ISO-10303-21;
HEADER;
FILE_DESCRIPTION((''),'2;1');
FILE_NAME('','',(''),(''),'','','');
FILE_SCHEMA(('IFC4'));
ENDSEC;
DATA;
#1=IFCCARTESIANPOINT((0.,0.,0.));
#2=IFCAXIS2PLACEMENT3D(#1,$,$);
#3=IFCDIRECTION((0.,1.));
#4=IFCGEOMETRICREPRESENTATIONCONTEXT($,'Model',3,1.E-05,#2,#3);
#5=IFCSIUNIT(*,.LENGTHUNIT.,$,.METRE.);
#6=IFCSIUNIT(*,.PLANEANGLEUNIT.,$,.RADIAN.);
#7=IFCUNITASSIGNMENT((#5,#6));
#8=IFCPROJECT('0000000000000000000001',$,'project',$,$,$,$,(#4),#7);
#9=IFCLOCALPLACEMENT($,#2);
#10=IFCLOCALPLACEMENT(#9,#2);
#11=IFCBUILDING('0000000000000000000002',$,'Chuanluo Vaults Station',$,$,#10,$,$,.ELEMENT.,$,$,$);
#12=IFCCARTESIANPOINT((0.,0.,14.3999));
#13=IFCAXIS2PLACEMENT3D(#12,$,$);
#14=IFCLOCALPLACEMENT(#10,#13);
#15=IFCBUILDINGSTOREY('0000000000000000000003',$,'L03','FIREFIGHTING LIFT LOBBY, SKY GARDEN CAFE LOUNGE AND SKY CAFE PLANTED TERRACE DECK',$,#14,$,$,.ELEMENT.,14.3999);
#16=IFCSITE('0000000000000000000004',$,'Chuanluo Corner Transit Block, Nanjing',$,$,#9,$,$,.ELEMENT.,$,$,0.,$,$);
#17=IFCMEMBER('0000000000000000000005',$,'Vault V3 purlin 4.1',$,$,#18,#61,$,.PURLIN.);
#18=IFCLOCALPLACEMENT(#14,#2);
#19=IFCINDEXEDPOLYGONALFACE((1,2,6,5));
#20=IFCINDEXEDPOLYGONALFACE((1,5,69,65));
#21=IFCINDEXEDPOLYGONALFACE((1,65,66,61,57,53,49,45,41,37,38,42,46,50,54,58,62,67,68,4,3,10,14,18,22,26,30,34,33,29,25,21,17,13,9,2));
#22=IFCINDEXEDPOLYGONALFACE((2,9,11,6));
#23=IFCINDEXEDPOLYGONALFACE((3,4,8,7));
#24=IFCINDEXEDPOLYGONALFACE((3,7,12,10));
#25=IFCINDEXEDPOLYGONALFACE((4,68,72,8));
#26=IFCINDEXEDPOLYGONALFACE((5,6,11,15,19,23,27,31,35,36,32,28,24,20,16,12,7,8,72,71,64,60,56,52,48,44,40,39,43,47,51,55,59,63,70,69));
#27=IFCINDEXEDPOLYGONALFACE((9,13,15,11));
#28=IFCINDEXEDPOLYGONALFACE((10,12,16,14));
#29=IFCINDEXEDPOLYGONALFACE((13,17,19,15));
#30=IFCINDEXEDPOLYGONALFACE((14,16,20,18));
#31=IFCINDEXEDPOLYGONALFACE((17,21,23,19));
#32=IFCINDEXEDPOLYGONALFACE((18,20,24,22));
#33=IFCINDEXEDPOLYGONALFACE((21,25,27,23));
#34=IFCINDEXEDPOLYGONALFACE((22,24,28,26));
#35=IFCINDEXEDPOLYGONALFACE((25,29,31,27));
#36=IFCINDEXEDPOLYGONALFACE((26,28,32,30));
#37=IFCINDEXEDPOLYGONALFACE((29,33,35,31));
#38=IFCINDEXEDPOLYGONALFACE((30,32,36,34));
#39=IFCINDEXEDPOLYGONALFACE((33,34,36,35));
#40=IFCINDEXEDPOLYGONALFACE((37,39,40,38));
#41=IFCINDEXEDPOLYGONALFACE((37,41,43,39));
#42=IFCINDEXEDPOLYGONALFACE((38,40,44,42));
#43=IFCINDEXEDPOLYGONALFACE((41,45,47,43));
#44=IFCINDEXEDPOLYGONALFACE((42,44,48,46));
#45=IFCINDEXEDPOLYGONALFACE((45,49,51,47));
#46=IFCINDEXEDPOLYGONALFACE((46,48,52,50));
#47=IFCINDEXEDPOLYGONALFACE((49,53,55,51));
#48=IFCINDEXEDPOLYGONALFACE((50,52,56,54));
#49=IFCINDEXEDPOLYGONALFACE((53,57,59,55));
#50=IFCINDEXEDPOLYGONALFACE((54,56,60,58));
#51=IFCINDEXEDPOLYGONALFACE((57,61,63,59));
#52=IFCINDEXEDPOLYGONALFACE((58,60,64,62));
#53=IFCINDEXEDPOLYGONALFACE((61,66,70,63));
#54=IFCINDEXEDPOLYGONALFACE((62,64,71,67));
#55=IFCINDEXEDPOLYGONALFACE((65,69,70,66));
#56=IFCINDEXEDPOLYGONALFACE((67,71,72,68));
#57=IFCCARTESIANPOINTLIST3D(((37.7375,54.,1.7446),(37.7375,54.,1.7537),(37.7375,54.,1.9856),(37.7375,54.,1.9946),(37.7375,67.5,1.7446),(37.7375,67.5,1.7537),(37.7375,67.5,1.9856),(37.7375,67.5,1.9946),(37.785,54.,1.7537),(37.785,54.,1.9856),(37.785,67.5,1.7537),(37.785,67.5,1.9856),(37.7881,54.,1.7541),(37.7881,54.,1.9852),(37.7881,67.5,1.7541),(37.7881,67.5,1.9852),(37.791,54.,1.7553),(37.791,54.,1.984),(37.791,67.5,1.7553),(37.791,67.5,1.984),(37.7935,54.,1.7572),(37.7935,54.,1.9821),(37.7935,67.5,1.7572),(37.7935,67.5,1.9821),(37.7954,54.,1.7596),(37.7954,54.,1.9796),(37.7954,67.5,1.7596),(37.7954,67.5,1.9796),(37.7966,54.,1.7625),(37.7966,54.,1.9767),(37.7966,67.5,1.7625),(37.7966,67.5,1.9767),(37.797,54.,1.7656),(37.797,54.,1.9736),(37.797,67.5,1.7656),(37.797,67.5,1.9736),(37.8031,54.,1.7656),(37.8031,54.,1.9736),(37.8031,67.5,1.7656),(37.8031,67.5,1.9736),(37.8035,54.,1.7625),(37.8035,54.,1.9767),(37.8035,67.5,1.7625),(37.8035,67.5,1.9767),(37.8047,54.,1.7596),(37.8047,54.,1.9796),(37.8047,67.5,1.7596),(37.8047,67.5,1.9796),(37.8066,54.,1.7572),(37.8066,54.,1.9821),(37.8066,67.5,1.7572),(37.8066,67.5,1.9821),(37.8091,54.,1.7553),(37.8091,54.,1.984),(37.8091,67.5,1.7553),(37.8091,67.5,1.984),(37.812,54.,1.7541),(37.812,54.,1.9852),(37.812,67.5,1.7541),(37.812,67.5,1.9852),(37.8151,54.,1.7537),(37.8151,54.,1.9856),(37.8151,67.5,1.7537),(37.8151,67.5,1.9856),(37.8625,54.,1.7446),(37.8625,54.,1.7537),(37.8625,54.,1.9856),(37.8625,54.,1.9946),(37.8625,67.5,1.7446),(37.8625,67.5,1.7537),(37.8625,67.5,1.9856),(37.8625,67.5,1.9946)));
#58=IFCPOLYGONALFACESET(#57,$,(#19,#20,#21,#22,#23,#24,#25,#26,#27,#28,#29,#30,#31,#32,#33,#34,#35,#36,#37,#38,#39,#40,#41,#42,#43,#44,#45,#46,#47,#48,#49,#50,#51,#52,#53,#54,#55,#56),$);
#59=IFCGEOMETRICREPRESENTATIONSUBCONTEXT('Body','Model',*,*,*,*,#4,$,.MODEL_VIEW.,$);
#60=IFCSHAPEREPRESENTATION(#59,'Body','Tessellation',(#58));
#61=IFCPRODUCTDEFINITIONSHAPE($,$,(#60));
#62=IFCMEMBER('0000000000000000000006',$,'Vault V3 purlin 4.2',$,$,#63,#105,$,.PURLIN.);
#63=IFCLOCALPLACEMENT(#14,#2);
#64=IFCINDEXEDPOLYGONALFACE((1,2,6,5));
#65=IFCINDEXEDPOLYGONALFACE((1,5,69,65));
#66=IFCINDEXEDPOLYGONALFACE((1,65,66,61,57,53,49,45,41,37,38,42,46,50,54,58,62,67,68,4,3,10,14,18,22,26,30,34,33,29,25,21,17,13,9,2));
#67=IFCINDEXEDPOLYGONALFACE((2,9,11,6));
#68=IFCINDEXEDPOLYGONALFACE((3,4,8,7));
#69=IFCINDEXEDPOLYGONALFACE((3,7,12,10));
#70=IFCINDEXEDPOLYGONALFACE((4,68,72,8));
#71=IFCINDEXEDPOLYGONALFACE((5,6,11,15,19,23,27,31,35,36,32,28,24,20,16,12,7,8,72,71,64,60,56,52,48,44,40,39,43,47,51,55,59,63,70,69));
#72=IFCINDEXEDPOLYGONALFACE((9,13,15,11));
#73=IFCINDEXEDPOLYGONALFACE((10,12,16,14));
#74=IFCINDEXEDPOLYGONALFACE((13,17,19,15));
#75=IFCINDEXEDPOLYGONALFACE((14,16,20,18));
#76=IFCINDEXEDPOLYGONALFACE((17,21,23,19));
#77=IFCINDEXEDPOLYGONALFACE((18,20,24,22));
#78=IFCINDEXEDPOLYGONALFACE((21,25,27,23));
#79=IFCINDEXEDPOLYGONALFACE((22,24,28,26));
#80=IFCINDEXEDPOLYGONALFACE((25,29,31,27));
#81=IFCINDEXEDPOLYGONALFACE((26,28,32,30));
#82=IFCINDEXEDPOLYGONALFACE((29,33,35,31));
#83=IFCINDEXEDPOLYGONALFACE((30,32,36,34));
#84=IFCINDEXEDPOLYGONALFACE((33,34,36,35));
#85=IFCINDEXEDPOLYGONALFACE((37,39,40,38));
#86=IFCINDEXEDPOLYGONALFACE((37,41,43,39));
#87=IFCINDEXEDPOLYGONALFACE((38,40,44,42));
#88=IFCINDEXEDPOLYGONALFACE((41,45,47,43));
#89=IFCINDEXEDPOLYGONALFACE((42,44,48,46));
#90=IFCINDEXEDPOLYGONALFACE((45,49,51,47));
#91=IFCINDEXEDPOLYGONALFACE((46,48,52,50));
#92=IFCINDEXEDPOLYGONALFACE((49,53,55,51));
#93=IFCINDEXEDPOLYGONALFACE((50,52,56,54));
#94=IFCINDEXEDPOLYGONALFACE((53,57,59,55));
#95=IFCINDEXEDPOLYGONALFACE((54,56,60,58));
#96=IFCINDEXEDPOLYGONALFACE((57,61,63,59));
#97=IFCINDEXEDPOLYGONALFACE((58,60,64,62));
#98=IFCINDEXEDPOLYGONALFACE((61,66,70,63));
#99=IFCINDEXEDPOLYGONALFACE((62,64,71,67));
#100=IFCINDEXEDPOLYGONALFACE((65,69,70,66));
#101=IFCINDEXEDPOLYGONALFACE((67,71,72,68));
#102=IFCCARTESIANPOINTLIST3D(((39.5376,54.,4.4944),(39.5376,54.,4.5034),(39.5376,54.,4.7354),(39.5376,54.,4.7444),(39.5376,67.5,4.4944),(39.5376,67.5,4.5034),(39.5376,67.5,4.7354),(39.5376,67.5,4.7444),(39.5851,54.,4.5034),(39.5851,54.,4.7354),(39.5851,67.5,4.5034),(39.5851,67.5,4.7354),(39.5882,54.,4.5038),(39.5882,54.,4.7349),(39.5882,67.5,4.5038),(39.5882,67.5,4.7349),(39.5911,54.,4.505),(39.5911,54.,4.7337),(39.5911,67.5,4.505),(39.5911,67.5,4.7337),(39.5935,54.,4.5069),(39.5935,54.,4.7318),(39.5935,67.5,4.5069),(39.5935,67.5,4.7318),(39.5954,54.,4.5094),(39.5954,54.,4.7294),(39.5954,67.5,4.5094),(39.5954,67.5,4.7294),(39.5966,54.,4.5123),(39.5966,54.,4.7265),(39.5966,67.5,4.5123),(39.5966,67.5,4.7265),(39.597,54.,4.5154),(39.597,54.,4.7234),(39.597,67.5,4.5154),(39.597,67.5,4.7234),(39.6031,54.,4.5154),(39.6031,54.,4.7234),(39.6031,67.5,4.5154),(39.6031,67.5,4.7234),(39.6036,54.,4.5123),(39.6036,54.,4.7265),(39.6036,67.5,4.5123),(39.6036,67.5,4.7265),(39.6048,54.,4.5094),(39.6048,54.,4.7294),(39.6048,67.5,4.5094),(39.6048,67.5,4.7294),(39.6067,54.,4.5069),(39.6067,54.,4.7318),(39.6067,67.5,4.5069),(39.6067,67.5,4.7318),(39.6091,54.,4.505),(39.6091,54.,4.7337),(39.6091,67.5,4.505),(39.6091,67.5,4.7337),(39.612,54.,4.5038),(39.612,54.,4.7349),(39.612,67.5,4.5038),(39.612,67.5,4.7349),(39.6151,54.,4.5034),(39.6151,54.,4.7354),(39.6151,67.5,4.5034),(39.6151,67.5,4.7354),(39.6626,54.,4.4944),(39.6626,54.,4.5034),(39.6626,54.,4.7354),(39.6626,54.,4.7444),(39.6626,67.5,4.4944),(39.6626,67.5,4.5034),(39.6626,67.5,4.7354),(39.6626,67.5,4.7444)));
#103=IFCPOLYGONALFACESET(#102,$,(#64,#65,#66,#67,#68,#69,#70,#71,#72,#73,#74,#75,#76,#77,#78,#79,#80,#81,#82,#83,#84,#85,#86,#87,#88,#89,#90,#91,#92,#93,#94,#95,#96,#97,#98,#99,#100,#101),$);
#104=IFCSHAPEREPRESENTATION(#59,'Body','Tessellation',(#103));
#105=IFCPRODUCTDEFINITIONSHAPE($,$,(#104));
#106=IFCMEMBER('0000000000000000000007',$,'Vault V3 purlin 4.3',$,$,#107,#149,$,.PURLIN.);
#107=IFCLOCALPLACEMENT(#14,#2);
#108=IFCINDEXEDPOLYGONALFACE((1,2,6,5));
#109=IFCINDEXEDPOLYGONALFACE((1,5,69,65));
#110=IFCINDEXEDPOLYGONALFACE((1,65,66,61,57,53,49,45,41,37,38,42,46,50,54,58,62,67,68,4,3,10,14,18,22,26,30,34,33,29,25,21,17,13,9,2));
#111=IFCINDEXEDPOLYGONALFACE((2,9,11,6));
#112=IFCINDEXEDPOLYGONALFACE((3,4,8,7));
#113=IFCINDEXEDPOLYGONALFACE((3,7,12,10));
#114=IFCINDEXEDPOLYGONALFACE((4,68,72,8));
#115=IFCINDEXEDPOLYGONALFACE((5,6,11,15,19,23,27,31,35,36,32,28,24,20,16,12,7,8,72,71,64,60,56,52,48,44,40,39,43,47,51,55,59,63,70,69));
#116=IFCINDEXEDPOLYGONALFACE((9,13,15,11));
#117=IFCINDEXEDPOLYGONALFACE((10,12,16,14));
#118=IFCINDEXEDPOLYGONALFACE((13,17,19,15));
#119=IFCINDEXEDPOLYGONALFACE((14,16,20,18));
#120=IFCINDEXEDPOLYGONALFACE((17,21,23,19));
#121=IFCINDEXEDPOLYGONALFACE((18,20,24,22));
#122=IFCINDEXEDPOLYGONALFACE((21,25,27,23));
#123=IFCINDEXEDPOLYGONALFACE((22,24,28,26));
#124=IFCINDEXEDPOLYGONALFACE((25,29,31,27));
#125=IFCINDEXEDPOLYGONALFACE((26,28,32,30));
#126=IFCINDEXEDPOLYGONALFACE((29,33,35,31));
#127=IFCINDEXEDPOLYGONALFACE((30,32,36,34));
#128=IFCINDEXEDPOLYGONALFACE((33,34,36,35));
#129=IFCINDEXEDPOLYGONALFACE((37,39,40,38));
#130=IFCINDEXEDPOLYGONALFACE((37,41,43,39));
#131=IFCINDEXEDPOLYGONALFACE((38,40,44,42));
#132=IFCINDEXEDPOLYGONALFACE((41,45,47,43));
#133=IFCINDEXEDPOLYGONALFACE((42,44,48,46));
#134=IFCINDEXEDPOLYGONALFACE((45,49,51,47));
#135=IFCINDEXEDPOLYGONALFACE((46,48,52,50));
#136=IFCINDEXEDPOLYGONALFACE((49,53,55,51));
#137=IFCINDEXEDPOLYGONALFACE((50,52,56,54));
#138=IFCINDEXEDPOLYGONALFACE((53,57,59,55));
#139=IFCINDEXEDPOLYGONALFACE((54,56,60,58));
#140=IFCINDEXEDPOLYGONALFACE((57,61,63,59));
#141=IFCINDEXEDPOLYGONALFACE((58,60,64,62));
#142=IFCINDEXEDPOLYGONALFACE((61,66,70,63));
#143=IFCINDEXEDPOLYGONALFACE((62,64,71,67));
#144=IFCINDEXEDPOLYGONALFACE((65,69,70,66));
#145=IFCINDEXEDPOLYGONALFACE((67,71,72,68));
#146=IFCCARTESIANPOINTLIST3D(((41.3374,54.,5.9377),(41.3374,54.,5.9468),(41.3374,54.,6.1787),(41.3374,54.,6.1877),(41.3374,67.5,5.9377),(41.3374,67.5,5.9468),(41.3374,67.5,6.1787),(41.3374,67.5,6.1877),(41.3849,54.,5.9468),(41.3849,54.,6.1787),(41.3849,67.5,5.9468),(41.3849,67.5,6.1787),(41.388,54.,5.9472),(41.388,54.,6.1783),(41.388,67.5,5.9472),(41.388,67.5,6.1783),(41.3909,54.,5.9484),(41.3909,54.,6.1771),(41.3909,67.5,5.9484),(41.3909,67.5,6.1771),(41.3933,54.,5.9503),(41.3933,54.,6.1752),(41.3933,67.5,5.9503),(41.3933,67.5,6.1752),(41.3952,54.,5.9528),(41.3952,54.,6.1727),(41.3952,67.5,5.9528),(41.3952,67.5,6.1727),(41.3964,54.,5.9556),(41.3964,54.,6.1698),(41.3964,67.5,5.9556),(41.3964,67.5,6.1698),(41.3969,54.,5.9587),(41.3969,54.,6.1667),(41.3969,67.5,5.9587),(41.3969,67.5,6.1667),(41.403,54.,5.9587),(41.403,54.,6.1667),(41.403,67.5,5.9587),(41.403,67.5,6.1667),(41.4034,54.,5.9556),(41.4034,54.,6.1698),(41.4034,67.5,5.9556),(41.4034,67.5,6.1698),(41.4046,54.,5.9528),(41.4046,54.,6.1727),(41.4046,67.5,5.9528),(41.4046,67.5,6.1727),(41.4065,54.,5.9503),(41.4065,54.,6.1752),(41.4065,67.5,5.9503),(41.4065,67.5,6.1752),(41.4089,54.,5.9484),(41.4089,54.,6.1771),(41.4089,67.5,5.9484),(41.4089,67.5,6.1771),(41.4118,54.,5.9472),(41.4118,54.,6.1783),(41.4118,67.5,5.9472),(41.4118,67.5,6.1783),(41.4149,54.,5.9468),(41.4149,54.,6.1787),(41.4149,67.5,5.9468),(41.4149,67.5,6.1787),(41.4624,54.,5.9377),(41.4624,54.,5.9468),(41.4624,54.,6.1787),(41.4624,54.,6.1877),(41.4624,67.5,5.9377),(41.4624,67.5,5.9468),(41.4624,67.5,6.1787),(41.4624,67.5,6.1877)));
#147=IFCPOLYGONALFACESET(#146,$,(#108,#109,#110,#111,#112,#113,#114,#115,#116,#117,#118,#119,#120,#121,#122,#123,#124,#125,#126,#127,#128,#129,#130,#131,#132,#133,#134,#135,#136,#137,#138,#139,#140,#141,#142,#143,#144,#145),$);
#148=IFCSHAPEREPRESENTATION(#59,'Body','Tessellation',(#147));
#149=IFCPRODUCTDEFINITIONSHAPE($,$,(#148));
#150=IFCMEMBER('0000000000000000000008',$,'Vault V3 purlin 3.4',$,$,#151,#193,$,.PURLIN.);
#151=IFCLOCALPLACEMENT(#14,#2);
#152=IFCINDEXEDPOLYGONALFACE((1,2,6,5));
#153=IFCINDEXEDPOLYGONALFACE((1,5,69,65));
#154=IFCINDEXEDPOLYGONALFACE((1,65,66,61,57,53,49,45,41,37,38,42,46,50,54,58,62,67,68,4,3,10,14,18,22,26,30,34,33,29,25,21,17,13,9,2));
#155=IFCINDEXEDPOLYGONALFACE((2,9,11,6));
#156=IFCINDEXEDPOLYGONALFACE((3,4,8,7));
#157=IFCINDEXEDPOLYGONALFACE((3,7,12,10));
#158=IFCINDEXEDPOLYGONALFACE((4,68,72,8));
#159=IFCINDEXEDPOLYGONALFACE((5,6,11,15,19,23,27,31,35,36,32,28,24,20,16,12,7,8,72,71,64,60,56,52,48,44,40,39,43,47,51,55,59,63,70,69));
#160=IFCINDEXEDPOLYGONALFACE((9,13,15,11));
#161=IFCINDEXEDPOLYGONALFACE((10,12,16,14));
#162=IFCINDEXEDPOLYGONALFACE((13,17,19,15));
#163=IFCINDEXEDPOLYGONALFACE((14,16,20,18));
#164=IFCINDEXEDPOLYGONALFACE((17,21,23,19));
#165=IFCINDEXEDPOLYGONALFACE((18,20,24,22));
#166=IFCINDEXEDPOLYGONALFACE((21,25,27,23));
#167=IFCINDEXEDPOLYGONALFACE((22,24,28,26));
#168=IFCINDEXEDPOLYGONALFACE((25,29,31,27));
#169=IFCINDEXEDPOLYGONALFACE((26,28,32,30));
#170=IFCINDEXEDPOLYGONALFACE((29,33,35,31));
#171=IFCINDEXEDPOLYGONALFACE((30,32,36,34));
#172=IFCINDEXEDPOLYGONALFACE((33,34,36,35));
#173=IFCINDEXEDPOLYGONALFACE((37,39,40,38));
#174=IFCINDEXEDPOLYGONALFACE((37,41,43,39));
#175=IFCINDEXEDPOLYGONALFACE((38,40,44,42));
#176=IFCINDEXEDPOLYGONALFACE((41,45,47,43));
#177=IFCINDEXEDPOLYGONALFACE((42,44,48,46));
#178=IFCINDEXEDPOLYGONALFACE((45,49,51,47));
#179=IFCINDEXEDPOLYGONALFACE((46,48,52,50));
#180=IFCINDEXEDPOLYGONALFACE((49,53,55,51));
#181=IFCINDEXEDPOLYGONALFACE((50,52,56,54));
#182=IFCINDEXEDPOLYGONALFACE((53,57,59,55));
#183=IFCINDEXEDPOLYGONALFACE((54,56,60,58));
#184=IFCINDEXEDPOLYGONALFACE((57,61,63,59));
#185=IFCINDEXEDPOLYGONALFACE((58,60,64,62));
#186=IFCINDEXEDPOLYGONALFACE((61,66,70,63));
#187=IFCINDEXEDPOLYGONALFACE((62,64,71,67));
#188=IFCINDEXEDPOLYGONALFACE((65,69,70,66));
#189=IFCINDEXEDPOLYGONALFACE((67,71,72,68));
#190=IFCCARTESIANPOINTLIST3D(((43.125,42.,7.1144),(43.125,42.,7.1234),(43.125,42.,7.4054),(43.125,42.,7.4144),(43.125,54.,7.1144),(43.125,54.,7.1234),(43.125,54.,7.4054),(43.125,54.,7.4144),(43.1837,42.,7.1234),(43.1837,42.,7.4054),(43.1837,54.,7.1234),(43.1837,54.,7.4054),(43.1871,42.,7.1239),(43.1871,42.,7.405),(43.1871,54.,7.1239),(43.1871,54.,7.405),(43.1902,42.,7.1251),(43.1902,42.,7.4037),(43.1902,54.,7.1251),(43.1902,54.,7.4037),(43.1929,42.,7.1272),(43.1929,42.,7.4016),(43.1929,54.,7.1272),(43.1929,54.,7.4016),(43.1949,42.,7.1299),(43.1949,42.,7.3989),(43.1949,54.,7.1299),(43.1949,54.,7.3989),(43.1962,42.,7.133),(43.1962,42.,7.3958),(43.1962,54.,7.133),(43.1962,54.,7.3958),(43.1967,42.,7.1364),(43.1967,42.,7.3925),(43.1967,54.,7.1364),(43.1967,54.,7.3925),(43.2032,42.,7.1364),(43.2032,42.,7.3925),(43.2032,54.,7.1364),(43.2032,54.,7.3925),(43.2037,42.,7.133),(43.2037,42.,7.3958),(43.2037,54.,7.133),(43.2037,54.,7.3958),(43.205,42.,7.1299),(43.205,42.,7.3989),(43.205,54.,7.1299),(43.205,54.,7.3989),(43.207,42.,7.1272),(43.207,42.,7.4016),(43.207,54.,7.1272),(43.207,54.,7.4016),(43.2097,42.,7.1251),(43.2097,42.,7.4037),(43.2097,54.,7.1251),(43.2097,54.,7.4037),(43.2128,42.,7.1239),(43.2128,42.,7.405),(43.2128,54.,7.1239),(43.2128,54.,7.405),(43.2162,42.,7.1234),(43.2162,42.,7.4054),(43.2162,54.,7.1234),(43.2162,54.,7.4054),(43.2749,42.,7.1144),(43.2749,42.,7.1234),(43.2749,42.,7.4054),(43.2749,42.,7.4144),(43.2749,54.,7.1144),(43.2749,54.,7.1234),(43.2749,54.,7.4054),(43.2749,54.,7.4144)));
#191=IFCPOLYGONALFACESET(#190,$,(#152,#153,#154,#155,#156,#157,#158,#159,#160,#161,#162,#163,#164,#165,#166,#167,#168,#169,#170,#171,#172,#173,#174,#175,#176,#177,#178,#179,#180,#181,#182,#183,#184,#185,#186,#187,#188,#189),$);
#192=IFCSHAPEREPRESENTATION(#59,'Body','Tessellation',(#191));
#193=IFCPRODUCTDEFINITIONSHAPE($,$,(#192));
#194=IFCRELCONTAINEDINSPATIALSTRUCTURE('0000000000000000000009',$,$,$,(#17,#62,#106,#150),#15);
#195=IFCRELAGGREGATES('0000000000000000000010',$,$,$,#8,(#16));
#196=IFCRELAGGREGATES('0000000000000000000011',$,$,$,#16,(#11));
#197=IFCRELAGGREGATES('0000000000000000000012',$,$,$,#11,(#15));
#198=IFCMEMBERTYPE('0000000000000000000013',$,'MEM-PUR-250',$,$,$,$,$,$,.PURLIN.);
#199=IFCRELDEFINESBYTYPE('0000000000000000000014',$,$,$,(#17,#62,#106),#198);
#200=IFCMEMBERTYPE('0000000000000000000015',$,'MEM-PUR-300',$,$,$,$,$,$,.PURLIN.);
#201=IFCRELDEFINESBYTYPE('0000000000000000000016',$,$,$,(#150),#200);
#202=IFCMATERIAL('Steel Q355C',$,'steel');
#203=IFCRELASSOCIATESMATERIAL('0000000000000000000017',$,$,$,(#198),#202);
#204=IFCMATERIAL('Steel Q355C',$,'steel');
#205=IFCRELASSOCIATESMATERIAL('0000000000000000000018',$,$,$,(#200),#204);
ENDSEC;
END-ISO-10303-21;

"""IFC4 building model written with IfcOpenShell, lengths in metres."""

from ifc_helpers import new_model, si_unit, direction, frame, origin, origin_2d, place, context, subcontext, project, spatial, i_section, extrude, material, material_profile, profile_set, type_object, element, save


model = new_model("IFC4")

# Units and contexts
model_context = context("Model", 3, precision=1e-05, world=origin(), true_north=direction((0.0, 1.0)))
body_context = subcontext(model_context, "Body", "Model", "MODEL_VIEW")
ifc_project = project(units=[si_unit("LENGTHUNIT", "METRE"), si_unit("PLANEANGLEUNIT", "RADIAN")], contexts=[model_context])

# Site, building, storey
site_placement = place(None, origin())
site = spatial("IfcSite", under=ifc_project, at=site_placement, Name="Chuanluo Corner Transit Block, Nanjing", CompositionType="ELEMENT", RefElevation=0.0)
building_placement = place(site_placement, origin())
building = spatial("IfcBuilding", under=site, at=building_placement, Name="Chuanluo Vaults Station", CompositionType="ELEMENT")
storey_placement = place(building_placement, frame((0.0, 0.0, 14.3999)))
storey = spatial("IfcBuildingStorey", under=building, at=storey_placement, Name="L03", Description="FIREFIGHTING LIFT LOBBY, SKY GARDEN CAFE LOUNGE AND SKY CAFE PLANTED TERRACE DECK", CompositionType="ELEMENT", Elevation=14.3999)

# Members
ifc_material_1 = material(Name="Steel Q355C", Category="steel")
ifc_material_profile_1 = material_profile(ifc_material_1, i_section(OverallWidth=0.125, OverallDepth=0.25, WebThickness=0.0061, FlangeThickness=0.009, FilletRadius=0.012, at=origin_2d()))
ifc_profile_set_1 = profile_set([ifc_material_profile_1], Name="Steel Q355C")
member_type_1 = type_object("IfcMemberType", Name="MEM-PUR-250", PredefinedType="PURLIN", material=ifc_profile_set_1)
for number, where, z_axis, x_axis, name in (
    (1, (37.8, 54.0, 1.8696), (0.0, 1.0, 0.0), (-1.0, 0.0, 0.0), "Vault V3 purlin 4.1"),
    (2, (39.6001, 54.0, 4.6194), (0.0, 1.0, 0.0), (-1.0, 0.0, 0.0), "Vault V3 purlin 4.2"),
    (3, (41.3999, 54.0, 6.0627), (0.0, 1.0, 0.0), (-1.0, 0.0, 0.0), "Vault V3 purlin 4.3"),
):
    element("IfcMember", number, at=place(storey_placement, frame(where, z_axis=z_axis, x_axis=x_axis)), inside=storey, type_object=member_type_1, Name=name, PredefinedType="PURLIN", context=body_context, shape_type="SweptSolid", body=[
        extrude(i_section(OverallWidth=0.125, OverallDepth=0.25, WebThickness=0.0061, FlangeThickness=0.009, FilletRadius=0.012, at=origin_2d()), origin(), (0.0, 0.0, 1.0), 13.5),
    ])
ifc_material_2 = material(Name="Steel Q355C", Category="steel")
ifc_material_profile_2 = material_profile(ifc_material_2, i_section(OverallWidth=0.1499, OverallDepth=0.3, WebThickness=0.0066, FlangeThickness=0.009, FilletRadius=0.0129, at=origin_2d()))
ifc_profile_set_2 = profile_set([ifc_material_profile_2], Name="Steel Q355C")
member_type_2 = type_object("IfcMemberType", Name="MEM-PUR-300", PredefinedType="PURLIN", material=ifc_profile_set_2)
for number, where, z_axis, x_axis, name in (
    (4, (43.2, 42.0, 7.2644), (0.0, 1.0, 0.0), (-1.0, 0.0, 0.0), "Vault V3 purlin 3.4"),
):
    element("IfcMember", number, at=place(storey_placement, frame(where, z_axis=z_axis, x_axis=x_axis)), inside=storey, type_object=member_type_2, Name=name, PredefinedType="PURLIN", context=body_context, shape_type="SweptSolid", body=[
        extrude(i_section(OverallWidth=0.1499, OverallDepth=0.3, WebThickness=0.0066, FlangeThickness=0.009, FilletRadius=0.0129, at=origin_2d()), origin(), (0.0, 0.0, 1.0), 12.0),
    ])

save(model, "model.ifc")
